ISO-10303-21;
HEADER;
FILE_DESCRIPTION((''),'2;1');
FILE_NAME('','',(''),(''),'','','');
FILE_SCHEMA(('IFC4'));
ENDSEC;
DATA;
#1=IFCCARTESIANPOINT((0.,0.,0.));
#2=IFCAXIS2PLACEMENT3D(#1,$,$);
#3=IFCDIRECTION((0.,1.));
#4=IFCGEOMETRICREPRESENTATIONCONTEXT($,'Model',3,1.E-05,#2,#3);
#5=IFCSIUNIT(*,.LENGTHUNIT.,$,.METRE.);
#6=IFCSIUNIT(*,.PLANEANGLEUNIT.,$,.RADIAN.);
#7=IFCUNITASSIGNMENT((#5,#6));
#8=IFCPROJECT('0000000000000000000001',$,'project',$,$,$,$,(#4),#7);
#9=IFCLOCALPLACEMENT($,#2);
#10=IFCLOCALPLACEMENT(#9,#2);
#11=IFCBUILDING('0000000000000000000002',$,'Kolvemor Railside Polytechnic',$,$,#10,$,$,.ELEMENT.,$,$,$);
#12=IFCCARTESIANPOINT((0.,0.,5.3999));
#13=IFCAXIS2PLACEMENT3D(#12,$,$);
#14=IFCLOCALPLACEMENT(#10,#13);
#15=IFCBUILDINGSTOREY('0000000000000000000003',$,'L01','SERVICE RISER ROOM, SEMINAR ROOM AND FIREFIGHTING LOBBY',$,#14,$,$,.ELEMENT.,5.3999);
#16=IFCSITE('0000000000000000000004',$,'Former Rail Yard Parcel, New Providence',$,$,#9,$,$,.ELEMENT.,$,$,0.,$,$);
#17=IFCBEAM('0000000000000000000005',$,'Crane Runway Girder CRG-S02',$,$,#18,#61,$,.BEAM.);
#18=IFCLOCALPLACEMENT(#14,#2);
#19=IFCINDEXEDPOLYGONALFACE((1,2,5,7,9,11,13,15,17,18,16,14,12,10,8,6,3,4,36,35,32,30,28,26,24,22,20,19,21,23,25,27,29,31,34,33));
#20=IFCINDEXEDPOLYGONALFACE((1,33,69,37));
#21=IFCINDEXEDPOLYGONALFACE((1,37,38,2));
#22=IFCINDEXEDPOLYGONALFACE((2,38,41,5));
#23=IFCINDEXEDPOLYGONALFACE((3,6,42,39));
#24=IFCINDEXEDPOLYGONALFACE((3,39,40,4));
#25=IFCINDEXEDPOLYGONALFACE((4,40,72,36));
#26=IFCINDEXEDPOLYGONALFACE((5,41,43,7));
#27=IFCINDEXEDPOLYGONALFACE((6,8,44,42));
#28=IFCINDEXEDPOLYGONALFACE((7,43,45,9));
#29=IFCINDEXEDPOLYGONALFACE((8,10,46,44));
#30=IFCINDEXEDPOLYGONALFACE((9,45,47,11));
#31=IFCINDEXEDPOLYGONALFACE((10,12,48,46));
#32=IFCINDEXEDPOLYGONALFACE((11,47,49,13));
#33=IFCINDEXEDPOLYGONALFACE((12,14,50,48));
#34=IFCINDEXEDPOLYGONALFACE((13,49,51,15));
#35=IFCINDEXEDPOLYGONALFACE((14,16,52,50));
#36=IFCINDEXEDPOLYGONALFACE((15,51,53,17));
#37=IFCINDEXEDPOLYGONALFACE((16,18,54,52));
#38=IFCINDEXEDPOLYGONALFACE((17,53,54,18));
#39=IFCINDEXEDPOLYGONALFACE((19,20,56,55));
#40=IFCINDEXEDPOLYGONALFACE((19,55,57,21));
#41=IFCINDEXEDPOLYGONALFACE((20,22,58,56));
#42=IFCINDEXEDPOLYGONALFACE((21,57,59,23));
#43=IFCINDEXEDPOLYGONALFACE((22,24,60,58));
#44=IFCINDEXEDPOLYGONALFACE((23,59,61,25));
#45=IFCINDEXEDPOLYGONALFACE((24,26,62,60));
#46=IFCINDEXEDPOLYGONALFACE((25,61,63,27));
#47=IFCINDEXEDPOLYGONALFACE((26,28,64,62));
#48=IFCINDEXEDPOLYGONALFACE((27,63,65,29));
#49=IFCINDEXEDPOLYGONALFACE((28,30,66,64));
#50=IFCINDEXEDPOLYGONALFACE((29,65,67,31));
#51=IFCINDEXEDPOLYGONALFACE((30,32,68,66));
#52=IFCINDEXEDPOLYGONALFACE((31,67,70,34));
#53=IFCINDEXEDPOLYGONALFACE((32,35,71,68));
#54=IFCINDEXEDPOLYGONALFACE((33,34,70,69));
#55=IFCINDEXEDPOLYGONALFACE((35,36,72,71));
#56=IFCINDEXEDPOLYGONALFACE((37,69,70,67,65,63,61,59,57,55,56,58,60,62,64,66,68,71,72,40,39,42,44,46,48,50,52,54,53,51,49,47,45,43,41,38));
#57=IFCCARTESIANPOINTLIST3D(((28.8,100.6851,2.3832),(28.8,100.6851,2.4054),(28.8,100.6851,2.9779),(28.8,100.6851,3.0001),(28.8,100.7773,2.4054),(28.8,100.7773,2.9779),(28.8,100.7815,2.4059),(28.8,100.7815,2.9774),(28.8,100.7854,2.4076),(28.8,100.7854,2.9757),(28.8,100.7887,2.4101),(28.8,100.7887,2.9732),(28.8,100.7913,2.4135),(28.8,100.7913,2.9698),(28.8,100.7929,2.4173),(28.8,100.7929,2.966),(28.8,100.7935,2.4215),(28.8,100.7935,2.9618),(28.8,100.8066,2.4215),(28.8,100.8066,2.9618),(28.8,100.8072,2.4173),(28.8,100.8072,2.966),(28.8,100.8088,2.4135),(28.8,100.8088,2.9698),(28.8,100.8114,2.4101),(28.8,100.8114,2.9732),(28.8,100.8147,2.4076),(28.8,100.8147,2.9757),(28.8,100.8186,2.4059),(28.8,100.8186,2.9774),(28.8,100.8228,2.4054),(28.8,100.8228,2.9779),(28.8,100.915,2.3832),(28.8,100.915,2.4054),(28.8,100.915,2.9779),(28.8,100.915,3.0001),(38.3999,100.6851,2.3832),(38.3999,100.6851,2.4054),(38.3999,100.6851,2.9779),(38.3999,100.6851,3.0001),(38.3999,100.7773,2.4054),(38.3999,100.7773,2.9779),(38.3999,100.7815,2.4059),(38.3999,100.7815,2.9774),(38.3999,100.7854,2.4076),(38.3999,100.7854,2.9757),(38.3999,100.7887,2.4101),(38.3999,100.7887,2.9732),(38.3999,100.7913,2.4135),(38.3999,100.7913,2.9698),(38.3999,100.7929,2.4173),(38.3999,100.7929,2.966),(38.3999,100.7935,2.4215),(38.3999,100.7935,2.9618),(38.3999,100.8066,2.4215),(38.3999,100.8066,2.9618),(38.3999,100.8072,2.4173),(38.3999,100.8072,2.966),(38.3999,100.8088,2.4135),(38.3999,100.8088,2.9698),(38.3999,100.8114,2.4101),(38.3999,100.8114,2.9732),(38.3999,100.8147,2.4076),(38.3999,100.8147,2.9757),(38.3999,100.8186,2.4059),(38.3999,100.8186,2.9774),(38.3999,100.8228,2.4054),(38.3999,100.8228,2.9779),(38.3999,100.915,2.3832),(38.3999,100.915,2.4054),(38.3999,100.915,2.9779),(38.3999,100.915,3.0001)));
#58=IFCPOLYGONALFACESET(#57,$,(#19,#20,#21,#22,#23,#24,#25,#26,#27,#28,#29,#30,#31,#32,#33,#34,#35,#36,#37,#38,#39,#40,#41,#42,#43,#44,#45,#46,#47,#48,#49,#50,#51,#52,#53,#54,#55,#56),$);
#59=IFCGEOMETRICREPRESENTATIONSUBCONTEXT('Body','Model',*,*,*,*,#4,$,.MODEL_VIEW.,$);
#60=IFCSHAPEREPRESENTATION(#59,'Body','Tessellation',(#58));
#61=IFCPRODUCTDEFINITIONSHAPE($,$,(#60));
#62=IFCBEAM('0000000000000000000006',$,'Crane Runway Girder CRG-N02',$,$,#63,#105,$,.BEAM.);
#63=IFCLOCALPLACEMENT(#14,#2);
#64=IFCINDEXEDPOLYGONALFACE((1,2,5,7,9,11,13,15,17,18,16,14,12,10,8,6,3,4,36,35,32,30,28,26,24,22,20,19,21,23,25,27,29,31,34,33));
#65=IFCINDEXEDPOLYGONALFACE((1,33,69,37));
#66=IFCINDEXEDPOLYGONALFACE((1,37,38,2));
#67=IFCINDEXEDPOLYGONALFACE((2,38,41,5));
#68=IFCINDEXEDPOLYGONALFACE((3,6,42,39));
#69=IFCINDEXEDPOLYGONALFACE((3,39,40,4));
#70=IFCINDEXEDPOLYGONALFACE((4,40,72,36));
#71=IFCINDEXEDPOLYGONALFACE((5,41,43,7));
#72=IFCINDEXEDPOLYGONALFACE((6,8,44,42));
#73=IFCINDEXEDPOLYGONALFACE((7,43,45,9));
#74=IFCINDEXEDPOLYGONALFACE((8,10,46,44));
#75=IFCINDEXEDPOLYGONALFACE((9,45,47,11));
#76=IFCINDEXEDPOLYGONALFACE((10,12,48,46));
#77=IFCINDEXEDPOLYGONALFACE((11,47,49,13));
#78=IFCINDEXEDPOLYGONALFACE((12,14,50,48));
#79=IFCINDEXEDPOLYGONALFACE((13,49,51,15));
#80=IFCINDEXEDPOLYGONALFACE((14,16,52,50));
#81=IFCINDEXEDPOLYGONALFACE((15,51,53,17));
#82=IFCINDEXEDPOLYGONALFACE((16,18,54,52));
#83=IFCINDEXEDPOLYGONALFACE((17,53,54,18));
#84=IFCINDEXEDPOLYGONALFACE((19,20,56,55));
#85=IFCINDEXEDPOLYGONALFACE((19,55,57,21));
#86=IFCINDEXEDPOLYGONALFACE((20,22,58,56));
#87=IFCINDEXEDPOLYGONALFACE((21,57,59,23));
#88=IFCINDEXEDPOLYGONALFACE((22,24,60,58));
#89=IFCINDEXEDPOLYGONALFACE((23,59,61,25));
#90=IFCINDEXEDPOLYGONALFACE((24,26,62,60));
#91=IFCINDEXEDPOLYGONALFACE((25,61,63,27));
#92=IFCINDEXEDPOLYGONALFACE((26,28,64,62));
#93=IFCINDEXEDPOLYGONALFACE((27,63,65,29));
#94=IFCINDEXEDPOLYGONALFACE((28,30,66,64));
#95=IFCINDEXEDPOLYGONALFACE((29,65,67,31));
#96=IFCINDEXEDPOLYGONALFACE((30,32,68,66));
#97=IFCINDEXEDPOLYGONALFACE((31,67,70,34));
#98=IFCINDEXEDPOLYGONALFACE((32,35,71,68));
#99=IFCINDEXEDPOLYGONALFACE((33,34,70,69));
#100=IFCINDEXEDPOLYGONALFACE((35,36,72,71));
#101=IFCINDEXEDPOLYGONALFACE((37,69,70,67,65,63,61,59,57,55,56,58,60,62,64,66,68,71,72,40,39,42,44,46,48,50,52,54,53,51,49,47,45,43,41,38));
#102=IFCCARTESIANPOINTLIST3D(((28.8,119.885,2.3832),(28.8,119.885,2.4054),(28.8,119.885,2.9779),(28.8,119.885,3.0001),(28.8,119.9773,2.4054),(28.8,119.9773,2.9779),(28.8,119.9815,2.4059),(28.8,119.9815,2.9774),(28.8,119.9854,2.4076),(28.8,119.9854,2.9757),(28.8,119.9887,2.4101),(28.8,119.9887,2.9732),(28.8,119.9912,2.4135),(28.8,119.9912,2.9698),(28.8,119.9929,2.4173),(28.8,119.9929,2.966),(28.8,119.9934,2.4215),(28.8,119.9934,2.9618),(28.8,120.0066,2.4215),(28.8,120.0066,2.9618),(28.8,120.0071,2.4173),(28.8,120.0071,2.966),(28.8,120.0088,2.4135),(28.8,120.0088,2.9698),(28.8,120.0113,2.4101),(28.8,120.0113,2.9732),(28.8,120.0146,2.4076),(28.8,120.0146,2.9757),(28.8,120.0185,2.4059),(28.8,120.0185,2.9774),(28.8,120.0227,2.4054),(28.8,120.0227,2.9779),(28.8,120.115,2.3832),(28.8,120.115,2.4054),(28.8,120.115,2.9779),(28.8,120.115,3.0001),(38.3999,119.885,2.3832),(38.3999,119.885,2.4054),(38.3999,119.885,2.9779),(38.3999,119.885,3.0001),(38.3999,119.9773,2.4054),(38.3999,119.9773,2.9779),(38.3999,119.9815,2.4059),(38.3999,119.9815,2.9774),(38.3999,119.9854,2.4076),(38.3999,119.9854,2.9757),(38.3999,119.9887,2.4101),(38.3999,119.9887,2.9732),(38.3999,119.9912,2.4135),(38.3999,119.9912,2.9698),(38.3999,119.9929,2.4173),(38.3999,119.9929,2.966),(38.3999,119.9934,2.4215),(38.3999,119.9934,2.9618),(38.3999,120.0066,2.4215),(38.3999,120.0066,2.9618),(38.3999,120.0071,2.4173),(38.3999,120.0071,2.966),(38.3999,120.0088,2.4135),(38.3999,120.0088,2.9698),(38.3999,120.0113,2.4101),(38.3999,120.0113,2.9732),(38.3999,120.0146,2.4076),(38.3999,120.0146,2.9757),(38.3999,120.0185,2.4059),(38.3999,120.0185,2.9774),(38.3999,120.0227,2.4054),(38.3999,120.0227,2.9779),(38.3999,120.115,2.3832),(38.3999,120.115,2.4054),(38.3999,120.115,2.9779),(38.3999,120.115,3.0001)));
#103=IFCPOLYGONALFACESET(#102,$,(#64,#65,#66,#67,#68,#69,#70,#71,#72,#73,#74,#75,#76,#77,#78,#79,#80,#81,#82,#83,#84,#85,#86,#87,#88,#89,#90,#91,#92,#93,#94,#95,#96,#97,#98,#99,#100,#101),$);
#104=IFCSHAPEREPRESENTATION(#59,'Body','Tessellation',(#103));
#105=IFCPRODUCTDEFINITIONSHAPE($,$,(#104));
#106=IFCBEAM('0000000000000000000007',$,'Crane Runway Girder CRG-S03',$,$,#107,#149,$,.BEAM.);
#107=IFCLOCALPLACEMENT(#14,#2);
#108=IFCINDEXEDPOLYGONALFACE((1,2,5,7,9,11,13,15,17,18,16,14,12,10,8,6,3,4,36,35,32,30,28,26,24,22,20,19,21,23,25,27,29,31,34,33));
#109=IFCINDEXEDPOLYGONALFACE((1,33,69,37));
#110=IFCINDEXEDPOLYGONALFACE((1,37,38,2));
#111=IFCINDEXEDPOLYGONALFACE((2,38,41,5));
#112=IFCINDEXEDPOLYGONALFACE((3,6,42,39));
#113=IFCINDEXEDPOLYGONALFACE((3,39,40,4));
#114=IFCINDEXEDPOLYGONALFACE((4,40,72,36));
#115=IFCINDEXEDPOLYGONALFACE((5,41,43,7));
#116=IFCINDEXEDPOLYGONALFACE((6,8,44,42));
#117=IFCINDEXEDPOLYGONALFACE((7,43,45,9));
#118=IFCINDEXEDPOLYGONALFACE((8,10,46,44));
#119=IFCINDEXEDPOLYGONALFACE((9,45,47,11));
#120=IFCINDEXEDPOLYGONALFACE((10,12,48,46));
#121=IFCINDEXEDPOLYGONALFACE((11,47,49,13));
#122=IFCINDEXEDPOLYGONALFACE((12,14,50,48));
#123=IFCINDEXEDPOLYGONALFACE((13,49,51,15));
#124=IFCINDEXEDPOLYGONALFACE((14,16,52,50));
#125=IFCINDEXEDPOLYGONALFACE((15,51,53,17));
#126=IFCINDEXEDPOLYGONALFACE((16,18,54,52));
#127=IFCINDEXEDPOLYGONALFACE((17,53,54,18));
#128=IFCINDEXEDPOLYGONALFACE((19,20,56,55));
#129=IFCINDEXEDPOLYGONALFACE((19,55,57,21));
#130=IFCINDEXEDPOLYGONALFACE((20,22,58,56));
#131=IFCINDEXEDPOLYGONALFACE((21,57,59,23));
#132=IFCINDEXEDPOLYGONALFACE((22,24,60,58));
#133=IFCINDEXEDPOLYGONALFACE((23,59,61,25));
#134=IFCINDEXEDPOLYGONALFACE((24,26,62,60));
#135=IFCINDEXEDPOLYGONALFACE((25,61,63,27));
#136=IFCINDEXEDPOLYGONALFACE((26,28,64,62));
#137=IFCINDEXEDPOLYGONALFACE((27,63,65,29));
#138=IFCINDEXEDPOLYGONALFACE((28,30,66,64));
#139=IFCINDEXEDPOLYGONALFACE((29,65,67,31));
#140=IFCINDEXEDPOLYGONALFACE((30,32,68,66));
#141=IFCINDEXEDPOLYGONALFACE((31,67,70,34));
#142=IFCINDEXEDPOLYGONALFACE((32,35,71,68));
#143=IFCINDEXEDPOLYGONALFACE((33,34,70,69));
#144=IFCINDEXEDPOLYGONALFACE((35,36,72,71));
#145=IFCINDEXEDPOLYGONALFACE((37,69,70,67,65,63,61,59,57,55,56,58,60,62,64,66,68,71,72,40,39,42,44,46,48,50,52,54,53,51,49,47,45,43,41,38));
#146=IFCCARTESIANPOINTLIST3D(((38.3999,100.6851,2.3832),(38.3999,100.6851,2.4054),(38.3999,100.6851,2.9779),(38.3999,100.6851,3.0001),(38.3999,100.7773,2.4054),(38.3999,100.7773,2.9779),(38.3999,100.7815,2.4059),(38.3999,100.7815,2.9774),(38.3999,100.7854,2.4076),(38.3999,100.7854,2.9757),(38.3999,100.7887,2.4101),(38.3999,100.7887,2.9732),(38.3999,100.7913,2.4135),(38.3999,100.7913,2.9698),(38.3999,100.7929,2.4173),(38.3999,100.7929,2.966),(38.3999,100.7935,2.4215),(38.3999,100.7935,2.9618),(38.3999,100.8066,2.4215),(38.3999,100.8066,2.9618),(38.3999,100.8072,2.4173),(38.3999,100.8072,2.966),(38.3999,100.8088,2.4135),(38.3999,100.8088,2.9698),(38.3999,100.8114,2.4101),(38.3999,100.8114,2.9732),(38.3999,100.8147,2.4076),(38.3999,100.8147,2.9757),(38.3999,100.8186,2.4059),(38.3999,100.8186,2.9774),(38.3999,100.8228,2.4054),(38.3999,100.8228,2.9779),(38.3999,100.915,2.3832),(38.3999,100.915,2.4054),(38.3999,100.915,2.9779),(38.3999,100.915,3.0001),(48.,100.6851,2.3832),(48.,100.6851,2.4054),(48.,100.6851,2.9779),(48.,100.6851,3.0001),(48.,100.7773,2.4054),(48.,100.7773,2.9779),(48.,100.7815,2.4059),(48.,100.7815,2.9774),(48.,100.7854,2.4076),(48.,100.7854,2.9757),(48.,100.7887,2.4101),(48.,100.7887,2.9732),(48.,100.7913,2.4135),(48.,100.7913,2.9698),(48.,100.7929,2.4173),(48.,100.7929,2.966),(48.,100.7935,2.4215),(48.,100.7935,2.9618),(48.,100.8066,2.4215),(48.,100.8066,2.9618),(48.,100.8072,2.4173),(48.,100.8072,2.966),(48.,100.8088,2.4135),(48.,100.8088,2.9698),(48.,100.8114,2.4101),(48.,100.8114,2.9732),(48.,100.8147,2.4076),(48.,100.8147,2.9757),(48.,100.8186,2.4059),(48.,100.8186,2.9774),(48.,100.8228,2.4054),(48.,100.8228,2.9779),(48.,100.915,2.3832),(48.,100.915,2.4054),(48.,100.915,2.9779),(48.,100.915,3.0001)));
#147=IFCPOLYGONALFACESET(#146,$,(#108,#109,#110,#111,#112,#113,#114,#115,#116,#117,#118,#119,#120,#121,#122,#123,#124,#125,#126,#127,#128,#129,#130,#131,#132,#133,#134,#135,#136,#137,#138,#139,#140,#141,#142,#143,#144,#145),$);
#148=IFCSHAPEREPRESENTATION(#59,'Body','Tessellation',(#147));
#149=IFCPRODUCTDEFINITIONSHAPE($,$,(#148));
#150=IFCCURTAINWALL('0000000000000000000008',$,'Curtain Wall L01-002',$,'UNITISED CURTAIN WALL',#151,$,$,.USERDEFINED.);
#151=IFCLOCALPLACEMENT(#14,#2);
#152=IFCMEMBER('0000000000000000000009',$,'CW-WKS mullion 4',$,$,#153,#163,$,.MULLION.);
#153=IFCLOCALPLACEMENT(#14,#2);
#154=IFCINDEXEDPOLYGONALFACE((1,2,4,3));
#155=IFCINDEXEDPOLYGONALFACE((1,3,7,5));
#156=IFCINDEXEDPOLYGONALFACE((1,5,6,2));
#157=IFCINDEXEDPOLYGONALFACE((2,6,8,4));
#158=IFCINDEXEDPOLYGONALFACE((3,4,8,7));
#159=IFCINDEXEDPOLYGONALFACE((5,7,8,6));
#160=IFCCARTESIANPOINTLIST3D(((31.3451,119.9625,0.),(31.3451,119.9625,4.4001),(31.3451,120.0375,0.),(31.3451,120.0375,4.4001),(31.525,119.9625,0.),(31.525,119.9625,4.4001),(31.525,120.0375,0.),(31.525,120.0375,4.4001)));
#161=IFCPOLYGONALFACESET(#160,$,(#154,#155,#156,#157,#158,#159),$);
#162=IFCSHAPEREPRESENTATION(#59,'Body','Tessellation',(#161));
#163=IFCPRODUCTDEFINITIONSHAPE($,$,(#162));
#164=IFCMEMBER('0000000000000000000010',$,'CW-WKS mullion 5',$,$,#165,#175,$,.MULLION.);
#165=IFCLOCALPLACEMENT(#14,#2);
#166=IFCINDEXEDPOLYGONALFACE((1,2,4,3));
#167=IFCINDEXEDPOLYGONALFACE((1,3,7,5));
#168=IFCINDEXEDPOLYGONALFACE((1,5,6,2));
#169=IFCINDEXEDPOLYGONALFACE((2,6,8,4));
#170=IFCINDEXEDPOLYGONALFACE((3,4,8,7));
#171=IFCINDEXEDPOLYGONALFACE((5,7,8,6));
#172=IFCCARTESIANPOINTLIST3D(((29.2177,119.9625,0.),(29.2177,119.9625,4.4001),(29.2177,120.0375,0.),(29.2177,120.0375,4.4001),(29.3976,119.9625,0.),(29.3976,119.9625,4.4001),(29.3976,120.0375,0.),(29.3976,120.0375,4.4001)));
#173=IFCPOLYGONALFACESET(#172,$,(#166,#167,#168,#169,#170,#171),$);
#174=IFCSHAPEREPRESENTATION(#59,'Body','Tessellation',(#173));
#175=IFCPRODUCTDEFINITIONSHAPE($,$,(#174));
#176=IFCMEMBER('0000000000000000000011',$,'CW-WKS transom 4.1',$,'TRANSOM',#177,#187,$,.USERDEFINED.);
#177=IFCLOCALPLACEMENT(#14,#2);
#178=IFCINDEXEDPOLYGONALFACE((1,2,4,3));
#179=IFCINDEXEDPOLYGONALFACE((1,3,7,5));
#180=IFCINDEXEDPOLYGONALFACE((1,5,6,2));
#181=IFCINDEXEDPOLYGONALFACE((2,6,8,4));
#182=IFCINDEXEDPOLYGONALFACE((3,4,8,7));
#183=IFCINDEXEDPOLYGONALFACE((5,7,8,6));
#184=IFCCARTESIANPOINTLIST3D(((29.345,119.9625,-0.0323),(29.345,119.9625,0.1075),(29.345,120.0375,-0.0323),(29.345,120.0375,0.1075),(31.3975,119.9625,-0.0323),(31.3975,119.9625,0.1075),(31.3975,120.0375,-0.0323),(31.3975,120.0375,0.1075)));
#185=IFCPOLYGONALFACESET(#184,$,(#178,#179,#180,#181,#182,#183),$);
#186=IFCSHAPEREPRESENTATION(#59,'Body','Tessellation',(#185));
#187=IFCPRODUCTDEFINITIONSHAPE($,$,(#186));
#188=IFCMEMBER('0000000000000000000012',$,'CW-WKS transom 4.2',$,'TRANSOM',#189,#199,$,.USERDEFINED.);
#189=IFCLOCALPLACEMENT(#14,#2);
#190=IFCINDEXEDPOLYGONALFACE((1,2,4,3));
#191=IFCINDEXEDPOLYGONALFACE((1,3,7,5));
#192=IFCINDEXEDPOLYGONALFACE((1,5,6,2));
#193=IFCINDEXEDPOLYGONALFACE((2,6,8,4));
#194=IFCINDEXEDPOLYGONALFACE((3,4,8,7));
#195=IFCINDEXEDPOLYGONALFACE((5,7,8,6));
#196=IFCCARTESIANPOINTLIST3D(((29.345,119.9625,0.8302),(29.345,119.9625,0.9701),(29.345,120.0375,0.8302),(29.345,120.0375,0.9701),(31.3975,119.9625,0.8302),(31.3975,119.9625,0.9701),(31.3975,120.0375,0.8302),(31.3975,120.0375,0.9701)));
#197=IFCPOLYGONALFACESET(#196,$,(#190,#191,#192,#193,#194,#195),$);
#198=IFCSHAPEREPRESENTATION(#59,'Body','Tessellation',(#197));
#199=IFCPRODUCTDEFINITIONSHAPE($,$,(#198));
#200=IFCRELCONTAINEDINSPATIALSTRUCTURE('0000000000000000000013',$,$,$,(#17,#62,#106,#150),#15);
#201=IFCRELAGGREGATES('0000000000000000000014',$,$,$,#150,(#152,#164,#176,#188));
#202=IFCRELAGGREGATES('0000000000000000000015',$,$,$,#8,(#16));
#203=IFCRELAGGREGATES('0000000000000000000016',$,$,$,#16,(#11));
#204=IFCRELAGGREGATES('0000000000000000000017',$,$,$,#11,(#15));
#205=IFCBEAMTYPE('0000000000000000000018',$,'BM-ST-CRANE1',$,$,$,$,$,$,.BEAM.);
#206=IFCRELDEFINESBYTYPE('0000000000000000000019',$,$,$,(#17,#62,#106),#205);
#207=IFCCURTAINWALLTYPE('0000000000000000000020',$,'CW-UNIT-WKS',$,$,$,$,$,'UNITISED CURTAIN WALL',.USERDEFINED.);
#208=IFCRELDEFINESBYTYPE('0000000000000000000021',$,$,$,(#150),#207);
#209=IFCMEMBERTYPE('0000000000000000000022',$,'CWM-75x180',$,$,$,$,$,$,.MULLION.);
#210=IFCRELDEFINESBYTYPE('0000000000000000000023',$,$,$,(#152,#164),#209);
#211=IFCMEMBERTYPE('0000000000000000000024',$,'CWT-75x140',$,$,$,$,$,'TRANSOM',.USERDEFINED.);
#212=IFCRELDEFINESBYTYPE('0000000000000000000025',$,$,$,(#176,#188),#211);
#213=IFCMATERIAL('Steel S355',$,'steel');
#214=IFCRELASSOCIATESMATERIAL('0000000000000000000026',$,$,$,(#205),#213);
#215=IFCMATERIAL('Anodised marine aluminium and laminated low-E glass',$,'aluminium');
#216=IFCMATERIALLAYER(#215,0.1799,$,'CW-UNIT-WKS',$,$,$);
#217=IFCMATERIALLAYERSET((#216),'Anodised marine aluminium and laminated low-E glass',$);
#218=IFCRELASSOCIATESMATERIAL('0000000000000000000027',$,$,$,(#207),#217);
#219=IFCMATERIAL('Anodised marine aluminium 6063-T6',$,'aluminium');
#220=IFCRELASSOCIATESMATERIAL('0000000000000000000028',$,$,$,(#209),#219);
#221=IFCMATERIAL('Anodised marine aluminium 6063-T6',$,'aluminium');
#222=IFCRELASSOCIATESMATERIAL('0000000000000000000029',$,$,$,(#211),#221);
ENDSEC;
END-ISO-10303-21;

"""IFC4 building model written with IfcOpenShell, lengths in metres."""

from ifc_helpers import new_model, si_unit, direction, frame, origin, origin_2d, place, context, subcontext, project, spatial, rectangle, i_section, extrude, material, layer, layer_set, material_profile, profile_set, type_object, element, aggregate, save


model = new_model("IFC4")

# Units and contexts
model_context = context("Model", 3, precision=1e-05, world=origin(), true_north=direction((0.0, 1.0)))
body_context = subcontext(model_context, "Body", "Model", "MODEL_VIEW")
ifc_project = project(units=[si_unit("LENGTHUNIT", "METRE"), si_unit("PLANEANGLEUNIT", "RADIAN")], contexts=[model_context])

# Site, building, storey
site_placement = place(None, origin())
site = spatial("IfcSite", under=ifc_project, at=site_placement, Name="Former Rail Yard Parcel, New Providence", CompositionType="ELEMENT", RefElevation=0.0)
building_placement = place(site_placement, origin())
building = spatial("IfcBuilding", under=site, at=building_placement, Name="Kolvemor Railside Polytechnic", CompositionType="ELEMENT")
storey_placement = place(building_placement, frame((0.0, 0.0, 5.3999)))
storey = spatial("IfcBuildingStorey", under=building, at=storey_placement, Name="L01", Description="SERVICE RISER ROOM, SEMINAR ROOM AND FIREFIGHTING LOBBY", CompositionType="ELEMENT", Elevation=5.3999)

# Beams
ifc_material_1 = material(Name="Steel S355", Category="steel")
ifc_material_profile_1 = material_profile(ifc_material_1, i_section(OverallWidth=0.23, OverallDepth=0.6169, WebThickness=0.0132, FlangeThickness=0.0222, FilletRadius=0.0161, at=origin_2d()), Name="W610x140")
ifc_profile_set_1 = profile_set([ifc_material_profile_1], Name="Steel S355")
beam_type_1 = type_object("IfcBeamType", Name="BM-ST-CRANE1", PredefinedType="BEAM", material=ifc_profile_set_1)
for number, where, z_axis, x_axis, name in (
    (1, (28.8, 100.8, 2.6917), (1.0, 0.0, 0.0), (0.0, 1.0, 0.0), "Crane Runway Girder CRG-S02"),
    (2, (28.8, 120.0, 2.6917), (1.0, 0.0, 0.0), (0.0, 1.0, 0.0), "Crane Runway Girder CRG-N02"),
):
    element("IfcBeam", number, at=place(storey_placement, frame(where, z_axis=z_axis, x_axis=x_axis)), inside=storey, type_object=beam_type_1, Name=name, PredefinedType="BEAM", context=body_context, shape_type="SweptSolid", body=[
        extrude(i_section(OverallWidth=0.23, OverallDepth=0.6169, WebThickness=0.0132, FlangeThickness=0.0222, FilletRadius=0.0161, at=origin_2d()), origin(), (0.0, 0.0, 1.0), 9.5999),
    ])
beam_1_placement = place(storey_placement, frame((38.3999, 100.8, 2.6917), z_axis=(1.0, 0.0, 0.0), x_axis=(0.0, 1.0, 0.0)))
element("IfcBeam", 3, at=beam_1_placement, inside=storey, type_object=beam_type_1, Name="Crane Runway Girder CRG-S03", PredefinedType="BEAM", context=body_context, shape_type="SweptSolid", body=[
    extrude(i_section(OverallWidth=0.23, OverallDepth=0.6169, WebThickness=0.0132, FlangeThickness=0.0222, FilletRadius=0.0161, at=origin_2d()), origin(), (0.0, 0.0, 1.0), 9.6001),
])

# Curtain wall, members
ifc_material_2 = material(Name="Anodised marine aluminium and laminated low-E glass", Category="aluminium")
ifc_layer_1 = layer(ifc_material_2, 0.1799, Name="CW-UNIT-WKS")
ifc_layer_set_1 = layer_set([ifc_layer_1], Name="Anodised marine aluminium and laminated low-E glass")
curtain_wall_type = type_object("IfcCurtainWallType", Name="CW-UNIT-WKS", ElementType="UNITISED CURTAIN WALL", PredefinedType="USERDEFINED", material=ifc_layer_set_1)
curtain_wall_placement = place(storey_placement, origin())
curtain_wall = element("IfcCurtainWall", 4, at=curtain_wall_placement, inside=storey, type_object=curtain_wall_type, Name="Curtain Wall L01-002", ObjectType="UNITISED CURTAIN WALL", PredefinedType="USERDEFINED")
ifc_material_3 = material(Name="Anodised marine aluminium 6063-T6", Category="aluminium")
ifc_material_profile_2 = material_profile(ifc_material_3, rectangle(XDim=0.075, YDim=0.1799, at=origin_2d()), Name="CW-MUL-75x180")
ifc_profile_set_2 = profile_set([ifc_material_profile_2], Name="Anodised marine aluminium 6063-T6")
member_type_1 = type_object("IfcMemberType", Name="CWM-75x180", PredefinedType="MULLION", material=ifc_profile_set_2)
member_1_placement = place(storey_placement, frame((31.4351, 120.0, 0.0), z_axis=(0.0, 0.0, 1.0), x_axis=(0.0, -1.0, 0.0)))
member_1 = element("IfcMember", 5, at=member_1_placement, type_object=member_type_1, Name="CW-WKS mullion 4", PredefinedType="MULLION", context=body_context, shape_type="SweptSolid", body=[
    extrude(rectangle(XDim=0.075, YDim=0.1799, at=origin_2d()), origin(), (0.0, 0.0, 1.0), 4.4001),
])
member_2_placement = place(storey_placement, frame((29.3076, 120.0, 0.0), z_axis=(0.0, 0.0, 1.0), x_axis=(0.0, -1.0, 0.0)))
member_2 = element("IfcMember", 6, at=member_2_placement, type_object=member_type_1, Name="CW-WKS mullion 5", PredefinedType="MULLION", context=body_context, shape_type="SweptSolid", body=[
    extrude(rectangle(XDim=0.075, YDim=0.1799, at=origin_2d()), origin(), (0.0, 0.0, 1.0), 4.4001),
])
ifc_material_4 = material(Name="Anodised marine aluminium 6063-T6", Category="aluminium")
ifc_material_profile_3 = material_profile(ifc_material_4, rectangle(XDim=0.075, YDim=0.1399, at=origin_2d()), Name="CW-TRN-75x140")
ifc_profile_set_3 = profile_set([ifc_material_profile_3], Name="Anodised marine aluminium 6063-T6")
member_type_2 = type_object("IfcMemberType", Name="CWT-75x140", ElementType="TRANSOM", PredefinedType="USERDEFINED", material=ifc_profile_set_3)
member_3_placement = place(storey_placement, frame((31.3975, 120.0, 0.0376), z_axis=(-1.0, 0.0, 0.0), x_axis=(0.0, -1.0, 0.0)))
member_3 = element("IfcMember", 7, at=member_3_placement, type_object=member_type_2, Name="CW-WKS transom 4.1", ObjectType="TRANSOM", PredefinedType="USERDEFINED", context=body_context, shape_type="SweptSolid", body=[
    extrude(rectangle(XDim=0.075, YDim=0.1399, at=origin_2d()), origin(), (0.0, 0.0, 1.0), 2.0525),
])
member_4_placement = place(storey_placement, frame((31.3975, 120.0, 0.9001), z_axis=(-1.0, 0.0, 0.0), x_axis=(0.0, -1.0, 0.0)))
member_4 = element("IfcMember", 8, at=member_4_placement, type_object=member_type_2, Name="CW-WKS transom 4.2", ObjectType="TRANSOM", PredefinedType="USERDEFINED", context=body_context, shape_type="SweptSolid", body=[
    extrude(rectangle(XDim=0.075, YDim=0.1399, at=origin_2d()), origin(), (0.0, 0.0, 1.0), 2.0525),
])

aggregate(curtain_wall, [member_1, member_2, member_3, member_4])

save(model, "model.ifc")
